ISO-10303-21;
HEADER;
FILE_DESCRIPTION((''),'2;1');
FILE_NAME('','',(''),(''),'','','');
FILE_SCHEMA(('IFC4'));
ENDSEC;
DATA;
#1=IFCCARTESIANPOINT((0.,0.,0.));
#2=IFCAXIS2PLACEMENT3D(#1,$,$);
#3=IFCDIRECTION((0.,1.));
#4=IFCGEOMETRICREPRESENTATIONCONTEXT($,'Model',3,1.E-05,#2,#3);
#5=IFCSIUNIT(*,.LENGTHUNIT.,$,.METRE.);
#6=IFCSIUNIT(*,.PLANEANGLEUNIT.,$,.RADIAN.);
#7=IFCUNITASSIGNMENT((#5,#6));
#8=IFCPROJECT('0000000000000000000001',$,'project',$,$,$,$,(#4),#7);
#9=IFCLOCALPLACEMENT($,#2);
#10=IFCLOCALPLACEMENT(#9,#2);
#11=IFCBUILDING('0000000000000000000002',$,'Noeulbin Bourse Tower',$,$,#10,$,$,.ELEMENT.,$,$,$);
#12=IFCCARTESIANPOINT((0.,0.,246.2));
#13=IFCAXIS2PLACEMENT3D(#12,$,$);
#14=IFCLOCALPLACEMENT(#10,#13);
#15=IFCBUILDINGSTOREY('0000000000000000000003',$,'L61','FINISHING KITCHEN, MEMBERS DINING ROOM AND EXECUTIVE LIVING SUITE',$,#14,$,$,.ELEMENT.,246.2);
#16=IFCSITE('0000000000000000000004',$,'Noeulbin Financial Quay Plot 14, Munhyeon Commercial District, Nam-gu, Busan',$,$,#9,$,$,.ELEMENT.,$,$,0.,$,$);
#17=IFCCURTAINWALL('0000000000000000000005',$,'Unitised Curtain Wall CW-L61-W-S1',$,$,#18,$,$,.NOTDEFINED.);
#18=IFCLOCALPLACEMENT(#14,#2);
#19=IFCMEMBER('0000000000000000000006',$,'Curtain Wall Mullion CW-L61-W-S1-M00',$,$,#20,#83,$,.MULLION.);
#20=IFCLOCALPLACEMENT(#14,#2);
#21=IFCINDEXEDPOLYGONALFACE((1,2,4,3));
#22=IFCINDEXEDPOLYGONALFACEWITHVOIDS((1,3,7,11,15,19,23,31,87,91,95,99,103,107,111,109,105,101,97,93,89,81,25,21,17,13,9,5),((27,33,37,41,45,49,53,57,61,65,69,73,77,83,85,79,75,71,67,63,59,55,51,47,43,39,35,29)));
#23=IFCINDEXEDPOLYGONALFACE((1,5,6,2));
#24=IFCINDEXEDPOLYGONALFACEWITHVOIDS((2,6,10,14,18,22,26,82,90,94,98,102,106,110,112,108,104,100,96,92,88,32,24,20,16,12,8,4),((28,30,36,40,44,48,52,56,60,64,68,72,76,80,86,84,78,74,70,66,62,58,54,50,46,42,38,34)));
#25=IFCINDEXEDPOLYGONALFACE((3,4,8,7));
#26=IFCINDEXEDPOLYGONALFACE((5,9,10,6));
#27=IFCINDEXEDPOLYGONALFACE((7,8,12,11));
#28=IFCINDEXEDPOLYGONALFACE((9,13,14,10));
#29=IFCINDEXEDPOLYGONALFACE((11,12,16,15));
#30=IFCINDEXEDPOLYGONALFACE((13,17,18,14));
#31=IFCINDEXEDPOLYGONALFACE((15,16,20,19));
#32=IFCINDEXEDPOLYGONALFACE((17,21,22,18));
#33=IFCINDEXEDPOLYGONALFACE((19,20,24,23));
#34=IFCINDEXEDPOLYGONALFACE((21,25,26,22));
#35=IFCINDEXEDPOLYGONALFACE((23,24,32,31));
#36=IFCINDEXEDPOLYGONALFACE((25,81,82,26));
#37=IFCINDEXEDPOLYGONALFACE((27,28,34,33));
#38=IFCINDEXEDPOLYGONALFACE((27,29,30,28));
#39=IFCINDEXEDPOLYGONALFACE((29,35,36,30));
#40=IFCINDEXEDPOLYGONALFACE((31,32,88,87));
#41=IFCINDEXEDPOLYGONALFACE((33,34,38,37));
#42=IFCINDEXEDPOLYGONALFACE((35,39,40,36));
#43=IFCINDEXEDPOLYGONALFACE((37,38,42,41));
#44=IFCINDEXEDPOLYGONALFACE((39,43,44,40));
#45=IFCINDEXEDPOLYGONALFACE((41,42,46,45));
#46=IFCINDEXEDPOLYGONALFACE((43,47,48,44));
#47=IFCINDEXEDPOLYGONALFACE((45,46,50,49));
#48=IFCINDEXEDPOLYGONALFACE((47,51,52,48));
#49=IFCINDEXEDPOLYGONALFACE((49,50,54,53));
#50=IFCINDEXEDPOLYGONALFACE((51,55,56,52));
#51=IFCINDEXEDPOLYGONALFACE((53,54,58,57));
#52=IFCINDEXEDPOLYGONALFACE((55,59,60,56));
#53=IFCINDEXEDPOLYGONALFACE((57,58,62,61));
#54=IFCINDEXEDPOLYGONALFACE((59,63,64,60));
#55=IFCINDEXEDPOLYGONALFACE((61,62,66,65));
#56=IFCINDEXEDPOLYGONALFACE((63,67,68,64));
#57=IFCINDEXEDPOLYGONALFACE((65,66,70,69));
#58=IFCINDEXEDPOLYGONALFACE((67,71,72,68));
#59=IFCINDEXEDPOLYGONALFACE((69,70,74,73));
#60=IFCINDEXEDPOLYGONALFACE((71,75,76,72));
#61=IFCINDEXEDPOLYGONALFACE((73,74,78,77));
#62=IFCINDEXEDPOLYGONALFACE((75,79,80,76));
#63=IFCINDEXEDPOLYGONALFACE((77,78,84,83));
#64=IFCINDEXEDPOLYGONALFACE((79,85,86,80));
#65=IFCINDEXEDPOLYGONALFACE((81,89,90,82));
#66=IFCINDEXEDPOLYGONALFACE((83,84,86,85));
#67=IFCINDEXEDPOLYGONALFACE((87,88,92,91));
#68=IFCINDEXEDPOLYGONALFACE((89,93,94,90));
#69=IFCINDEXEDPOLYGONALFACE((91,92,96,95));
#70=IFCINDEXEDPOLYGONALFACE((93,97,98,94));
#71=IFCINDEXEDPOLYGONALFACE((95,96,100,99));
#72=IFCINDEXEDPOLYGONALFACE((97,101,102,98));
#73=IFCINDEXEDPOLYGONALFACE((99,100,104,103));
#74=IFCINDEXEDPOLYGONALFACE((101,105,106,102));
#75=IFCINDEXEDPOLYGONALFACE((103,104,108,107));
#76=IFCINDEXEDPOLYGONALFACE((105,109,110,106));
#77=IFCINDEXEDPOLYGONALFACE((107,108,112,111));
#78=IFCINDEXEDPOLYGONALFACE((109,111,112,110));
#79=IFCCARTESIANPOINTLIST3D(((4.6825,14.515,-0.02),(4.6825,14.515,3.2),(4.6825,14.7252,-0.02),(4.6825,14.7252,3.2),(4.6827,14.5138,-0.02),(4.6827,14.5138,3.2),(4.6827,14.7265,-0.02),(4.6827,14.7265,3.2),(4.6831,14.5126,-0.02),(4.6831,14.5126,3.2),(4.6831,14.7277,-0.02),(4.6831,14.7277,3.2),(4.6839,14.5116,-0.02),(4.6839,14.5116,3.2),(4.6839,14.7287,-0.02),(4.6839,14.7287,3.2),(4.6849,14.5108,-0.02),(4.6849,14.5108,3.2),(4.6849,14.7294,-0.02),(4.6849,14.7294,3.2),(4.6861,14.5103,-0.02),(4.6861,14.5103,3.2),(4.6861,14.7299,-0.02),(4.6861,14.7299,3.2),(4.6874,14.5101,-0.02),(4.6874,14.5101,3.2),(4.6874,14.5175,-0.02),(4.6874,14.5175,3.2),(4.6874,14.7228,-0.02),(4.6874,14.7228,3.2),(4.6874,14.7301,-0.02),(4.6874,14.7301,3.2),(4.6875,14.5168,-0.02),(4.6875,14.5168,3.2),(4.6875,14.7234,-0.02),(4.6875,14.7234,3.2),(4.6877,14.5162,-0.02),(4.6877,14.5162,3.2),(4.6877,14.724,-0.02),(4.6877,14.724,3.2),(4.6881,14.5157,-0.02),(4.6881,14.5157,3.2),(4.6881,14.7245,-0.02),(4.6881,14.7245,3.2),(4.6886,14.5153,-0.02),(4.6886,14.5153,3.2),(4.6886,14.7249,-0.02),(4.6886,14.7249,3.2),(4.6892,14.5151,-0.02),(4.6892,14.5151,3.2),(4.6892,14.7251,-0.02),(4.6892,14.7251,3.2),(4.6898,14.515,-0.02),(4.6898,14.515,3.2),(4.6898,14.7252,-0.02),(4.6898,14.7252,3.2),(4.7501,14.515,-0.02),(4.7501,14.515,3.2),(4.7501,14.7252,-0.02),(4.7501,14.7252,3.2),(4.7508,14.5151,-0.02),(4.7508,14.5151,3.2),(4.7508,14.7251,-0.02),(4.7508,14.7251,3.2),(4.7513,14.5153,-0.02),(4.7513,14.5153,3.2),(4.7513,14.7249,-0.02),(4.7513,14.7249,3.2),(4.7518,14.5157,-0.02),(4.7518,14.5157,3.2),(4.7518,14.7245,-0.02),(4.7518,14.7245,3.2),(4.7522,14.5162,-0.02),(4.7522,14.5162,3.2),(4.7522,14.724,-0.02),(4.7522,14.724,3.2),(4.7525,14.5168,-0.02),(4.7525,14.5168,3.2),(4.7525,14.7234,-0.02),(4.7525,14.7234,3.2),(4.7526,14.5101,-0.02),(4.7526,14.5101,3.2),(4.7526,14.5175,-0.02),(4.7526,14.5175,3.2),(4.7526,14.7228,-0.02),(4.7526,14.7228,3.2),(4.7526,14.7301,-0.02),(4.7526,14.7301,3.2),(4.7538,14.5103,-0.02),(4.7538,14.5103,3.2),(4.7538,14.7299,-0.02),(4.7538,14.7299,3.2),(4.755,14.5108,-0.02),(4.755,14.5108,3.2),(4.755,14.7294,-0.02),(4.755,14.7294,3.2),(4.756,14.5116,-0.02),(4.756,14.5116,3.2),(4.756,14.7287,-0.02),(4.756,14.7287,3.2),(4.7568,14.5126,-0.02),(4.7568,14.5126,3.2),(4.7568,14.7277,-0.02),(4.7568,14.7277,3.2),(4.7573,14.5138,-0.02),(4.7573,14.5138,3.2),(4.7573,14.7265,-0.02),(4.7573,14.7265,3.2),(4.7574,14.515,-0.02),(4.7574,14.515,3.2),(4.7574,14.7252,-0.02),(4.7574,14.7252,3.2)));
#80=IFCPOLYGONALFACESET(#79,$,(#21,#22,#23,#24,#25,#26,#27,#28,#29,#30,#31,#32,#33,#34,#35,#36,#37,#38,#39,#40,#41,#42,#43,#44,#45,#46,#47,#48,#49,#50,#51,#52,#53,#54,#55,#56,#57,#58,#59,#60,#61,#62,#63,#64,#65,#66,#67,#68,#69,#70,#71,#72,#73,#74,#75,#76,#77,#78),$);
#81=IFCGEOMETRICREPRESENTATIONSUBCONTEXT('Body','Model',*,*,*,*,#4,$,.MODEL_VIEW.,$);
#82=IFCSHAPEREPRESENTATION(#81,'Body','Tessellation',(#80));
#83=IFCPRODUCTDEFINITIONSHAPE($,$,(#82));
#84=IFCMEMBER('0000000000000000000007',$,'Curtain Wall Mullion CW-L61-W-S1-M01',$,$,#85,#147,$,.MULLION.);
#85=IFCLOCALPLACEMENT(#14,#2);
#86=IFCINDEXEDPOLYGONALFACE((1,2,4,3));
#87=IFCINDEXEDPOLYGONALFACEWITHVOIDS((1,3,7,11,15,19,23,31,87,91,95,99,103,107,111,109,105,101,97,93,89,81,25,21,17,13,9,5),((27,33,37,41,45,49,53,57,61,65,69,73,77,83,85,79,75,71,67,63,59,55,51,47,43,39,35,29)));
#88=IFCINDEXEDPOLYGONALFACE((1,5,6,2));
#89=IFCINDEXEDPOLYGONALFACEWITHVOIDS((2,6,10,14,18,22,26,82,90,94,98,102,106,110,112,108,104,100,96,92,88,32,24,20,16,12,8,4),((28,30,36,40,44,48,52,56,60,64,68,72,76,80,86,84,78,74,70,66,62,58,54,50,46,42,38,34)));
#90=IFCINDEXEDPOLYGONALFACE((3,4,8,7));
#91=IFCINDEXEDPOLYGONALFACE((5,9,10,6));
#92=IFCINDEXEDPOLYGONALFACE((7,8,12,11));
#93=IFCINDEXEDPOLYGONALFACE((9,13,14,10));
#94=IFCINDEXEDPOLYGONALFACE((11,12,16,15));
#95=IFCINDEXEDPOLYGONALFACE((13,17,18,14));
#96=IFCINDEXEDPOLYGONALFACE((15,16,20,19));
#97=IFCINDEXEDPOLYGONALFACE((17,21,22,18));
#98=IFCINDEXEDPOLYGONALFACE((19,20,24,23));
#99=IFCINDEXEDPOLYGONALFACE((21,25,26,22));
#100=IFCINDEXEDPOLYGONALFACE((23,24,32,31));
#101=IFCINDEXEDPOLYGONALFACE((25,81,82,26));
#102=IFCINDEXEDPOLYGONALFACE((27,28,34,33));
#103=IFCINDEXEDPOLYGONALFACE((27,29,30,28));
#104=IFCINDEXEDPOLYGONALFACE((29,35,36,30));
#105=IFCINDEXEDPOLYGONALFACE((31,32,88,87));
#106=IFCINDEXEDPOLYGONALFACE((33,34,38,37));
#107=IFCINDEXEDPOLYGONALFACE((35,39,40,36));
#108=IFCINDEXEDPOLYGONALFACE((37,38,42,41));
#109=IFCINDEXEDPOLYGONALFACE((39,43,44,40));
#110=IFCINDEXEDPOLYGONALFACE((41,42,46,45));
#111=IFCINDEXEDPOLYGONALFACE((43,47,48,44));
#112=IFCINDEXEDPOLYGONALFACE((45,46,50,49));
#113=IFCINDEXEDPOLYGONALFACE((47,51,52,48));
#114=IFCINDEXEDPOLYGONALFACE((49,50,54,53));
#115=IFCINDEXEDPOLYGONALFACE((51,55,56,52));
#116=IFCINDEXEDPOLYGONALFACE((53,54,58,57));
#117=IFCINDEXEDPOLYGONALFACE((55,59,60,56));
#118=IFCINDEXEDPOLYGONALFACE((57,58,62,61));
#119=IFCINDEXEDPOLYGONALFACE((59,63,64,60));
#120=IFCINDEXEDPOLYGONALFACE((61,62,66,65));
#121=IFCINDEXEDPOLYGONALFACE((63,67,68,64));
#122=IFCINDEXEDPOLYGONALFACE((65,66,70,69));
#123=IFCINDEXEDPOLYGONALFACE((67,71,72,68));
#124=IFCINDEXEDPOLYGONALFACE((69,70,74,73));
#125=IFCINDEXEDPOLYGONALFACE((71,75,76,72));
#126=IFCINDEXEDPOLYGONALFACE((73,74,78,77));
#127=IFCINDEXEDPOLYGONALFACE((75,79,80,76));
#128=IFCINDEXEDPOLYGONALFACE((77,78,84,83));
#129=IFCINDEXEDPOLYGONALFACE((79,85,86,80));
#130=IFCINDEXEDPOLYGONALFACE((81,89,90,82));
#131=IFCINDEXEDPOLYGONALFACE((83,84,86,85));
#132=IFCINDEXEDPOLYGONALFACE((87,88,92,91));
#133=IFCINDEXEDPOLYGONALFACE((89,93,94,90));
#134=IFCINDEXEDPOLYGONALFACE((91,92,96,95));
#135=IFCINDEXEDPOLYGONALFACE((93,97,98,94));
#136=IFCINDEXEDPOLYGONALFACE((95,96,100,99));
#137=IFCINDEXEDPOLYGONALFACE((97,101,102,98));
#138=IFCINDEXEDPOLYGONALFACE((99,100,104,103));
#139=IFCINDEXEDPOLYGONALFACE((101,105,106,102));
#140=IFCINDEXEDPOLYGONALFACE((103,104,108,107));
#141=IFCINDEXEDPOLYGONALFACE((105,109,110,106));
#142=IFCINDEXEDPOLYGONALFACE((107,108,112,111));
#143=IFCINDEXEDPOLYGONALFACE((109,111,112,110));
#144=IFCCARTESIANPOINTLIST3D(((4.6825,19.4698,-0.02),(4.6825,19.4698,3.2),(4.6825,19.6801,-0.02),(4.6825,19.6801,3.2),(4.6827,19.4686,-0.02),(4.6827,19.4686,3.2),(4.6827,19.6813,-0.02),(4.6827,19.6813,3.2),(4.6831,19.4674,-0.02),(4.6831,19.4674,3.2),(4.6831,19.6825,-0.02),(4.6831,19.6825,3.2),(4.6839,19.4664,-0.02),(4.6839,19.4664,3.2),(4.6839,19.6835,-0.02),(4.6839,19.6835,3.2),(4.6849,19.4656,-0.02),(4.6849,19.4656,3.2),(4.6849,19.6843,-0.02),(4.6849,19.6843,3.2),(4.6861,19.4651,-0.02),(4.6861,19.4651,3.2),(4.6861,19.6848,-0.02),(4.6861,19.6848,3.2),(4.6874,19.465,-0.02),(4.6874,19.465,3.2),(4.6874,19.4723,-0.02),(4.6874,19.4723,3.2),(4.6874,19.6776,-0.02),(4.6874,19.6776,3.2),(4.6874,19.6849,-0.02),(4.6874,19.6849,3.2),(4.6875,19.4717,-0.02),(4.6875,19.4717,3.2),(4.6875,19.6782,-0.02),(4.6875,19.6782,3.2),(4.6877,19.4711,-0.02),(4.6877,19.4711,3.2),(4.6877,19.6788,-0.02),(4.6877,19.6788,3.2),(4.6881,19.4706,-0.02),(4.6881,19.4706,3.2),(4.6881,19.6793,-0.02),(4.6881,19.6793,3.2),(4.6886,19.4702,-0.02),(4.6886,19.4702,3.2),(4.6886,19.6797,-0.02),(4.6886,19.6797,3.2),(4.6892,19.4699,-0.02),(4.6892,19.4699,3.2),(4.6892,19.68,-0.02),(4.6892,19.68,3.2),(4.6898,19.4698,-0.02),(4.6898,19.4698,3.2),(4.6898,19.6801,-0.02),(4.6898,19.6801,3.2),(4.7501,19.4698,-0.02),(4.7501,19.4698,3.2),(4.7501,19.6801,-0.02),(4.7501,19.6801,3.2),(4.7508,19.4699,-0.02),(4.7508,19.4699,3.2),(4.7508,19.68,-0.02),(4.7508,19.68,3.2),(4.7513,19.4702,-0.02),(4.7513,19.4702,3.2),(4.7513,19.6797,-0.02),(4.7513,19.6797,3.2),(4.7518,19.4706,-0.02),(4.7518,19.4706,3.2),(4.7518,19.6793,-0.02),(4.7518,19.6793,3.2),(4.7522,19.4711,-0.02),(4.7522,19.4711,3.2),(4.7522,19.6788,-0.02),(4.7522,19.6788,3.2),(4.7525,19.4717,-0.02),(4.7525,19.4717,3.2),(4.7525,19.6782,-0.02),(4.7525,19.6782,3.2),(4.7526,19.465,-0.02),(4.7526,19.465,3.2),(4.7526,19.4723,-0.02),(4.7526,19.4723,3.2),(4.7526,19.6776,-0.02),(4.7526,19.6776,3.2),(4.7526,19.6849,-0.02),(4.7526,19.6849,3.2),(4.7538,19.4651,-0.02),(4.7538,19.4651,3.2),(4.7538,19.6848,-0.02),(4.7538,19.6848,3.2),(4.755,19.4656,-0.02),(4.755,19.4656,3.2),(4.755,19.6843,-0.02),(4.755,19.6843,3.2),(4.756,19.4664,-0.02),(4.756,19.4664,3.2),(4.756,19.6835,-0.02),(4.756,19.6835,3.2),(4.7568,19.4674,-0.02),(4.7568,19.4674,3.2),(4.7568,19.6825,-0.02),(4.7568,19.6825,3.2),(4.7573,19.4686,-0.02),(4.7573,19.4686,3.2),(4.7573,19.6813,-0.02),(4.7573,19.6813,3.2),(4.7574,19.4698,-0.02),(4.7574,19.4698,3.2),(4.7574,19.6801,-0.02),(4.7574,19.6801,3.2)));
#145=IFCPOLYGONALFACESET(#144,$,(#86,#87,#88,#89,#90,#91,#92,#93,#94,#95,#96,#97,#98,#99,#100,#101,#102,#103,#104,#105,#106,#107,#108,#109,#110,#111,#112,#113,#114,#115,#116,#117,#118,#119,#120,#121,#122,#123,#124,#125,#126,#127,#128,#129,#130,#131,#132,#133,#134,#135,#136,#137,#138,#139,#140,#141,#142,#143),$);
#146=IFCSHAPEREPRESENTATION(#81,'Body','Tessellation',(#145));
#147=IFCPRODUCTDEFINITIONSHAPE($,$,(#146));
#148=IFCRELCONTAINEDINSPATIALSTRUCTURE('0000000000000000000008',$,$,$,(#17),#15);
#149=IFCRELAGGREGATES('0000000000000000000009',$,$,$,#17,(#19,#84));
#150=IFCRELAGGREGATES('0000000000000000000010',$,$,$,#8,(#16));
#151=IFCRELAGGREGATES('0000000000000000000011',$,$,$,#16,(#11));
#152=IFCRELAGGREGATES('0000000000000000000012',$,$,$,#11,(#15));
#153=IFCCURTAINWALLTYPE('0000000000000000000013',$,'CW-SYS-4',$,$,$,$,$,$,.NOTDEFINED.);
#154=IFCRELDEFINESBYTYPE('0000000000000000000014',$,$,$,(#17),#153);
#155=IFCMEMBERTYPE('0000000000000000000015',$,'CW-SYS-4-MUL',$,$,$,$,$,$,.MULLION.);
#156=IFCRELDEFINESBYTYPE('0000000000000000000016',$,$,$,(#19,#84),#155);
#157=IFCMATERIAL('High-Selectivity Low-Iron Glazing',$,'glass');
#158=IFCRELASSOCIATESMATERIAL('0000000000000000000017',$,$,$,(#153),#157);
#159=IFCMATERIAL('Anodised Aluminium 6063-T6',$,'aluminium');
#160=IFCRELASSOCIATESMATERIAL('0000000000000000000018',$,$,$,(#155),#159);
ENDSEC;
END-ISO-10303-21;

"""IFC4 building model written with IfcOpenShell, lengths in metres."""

from ifc_helpers import new_model, si_unit, direction, frame, origin, origin_2d, place, context, subcontext, project, spatial, hollow_rectangle, extrude, material, material_profile, profile_set, type_object, element, aggregate, save


model = new_model("IFC4")

# Units and contexts
model_context = context("Model", 3, precision=1e-05, world=origin(), true_north=direction((0.0, 1.0)))
body_context = subcontext(model_context, "Body", "Model", "MODEL_VIEW")
ifc_project = project(units=[si_unit("LENGTHUNIT", "METRE"), si_unit("PLANEANGLEUNIT", "RADIAN")], contexts=[model_context])

# Site, building, storey
site_placement = place(None, origin())
site = spatial("IfcSite", under=ifc_project, at=site_placement, Name="Noeulbin Financial Quay Plot 14, Munhyeon Commercial District, Nam-gu, Busan", CompositionType="ELEMENT", RefElevation=0.0)
building_placement = place(site_placement, origin())
building = spatial("IfcBuilding", under=site, at=building_placement, Name="Noeulbin Bourse Tower", CompositionType="ELEMENT")
storey_placement = place(building_placement, frame((0.0, 0.0, 246.2)))
storey = spatial("IfcBuildingStorey", under=building, at=storey_placement, Name="L61", Description="FINISHING KITCHEN, MEMBERS DINING ROOM AND EXECUTIVE LIVING SUITE", CompositionType="ELEMENT", Elevation=246.2)

# Curtain wall, members
ifc_material_1 = material(Name="High-Selectivity Low-Iron Glazing", Category="glass")
curtain_wall_type = type_object("IfcCurtainWallType", Name="CW-SYS-4", PredefinedType="NOTDEFINED", material=ifc_material_1)
curtain_wall_1_placement = place(storey_placement, origin())
curtain_wall_1 = element("IfcCurtainWall", 1, at=curtain_wall_1_placement, inside=storey, type_object=curtain_wall_type, Name="Unitised Curtain Wall CW-L61-W-S1", PredefinedType="NOTDEFINED")
ifc_material_2 = material(Name="Anodised Aluminium 6063-T6", Category="aluminium")
ifc_material_profile_1 = material_profile(ifc_material_2, hollow_rectangle(XDim=0.075, YDim=0.22, WallThickness=0.0049, InnerFilletRadius=0.0024, OuterFilletRadius=0.0049, at=origin_2d()), Name="ALU-MULL-75x220x5", Category="LoadBearing")
ifc_profile_set_1 = profile_set([ifc_material_profile_1], Name="Anodised Aluminium 6063-T6")
member_type_1 = type_object("IfcMemberType", Name="CW-SYS-4-MUL", PredefinedType="MULLION", material=ifc_profile_set_1)
member_1_placement = place(storey_placement, frame((4.72, 14.6201, -0.02), z_axis=(0.0, 0.0, 1.0), x_axis=(1.0, 0.0, 0.0)))
member_1 = element("IfcMember", 2, at=member_1_placement, type_object=member_type_1, Name="Curtain Wall Mullion CW-L61-W-S1-M00", PredefinedType="MULLION", context=body_context, shape_type="SweptSolid", body=[
    extrude(hollow_rectangle(XDim=0.075, YDim=0.22, WallThickness=0.0049, InnerFilletRadius=0.0024, OuterFilletRadius=0.0049, at=origin_2d()), origin(), (0.0, 0.0, 1.0), 3.22),
])
member_2_placement = place(storey_placement, frame((4.72, 19.575, -0.02), z_axis=(0.0, 0.0, 1.0), x_axis=(1.0, 0.0, 0.0)))
member_2 = element("IfcMember", 3, at=member_2_placement, type_object=member_type_1, Name="Curtain Wall Mullion CW-L61-W-S1-M01", PredefinedType="MULLION", context=body_context, shape_type="SweptSolid", body=[
    extrude(hollow_rectangle(XDim=0.075, YDim=0.22, WallThickness=0.0049, InnerFilletRadius=0.0024, OuterFilletRadius=0.0049, at=origin_2d()), origin(), (0.0, 0.0, 1.0), 3.22),
])

aggregate(curtain_wall_1, [member_1, member_2])

save(model, "model.ifc")
